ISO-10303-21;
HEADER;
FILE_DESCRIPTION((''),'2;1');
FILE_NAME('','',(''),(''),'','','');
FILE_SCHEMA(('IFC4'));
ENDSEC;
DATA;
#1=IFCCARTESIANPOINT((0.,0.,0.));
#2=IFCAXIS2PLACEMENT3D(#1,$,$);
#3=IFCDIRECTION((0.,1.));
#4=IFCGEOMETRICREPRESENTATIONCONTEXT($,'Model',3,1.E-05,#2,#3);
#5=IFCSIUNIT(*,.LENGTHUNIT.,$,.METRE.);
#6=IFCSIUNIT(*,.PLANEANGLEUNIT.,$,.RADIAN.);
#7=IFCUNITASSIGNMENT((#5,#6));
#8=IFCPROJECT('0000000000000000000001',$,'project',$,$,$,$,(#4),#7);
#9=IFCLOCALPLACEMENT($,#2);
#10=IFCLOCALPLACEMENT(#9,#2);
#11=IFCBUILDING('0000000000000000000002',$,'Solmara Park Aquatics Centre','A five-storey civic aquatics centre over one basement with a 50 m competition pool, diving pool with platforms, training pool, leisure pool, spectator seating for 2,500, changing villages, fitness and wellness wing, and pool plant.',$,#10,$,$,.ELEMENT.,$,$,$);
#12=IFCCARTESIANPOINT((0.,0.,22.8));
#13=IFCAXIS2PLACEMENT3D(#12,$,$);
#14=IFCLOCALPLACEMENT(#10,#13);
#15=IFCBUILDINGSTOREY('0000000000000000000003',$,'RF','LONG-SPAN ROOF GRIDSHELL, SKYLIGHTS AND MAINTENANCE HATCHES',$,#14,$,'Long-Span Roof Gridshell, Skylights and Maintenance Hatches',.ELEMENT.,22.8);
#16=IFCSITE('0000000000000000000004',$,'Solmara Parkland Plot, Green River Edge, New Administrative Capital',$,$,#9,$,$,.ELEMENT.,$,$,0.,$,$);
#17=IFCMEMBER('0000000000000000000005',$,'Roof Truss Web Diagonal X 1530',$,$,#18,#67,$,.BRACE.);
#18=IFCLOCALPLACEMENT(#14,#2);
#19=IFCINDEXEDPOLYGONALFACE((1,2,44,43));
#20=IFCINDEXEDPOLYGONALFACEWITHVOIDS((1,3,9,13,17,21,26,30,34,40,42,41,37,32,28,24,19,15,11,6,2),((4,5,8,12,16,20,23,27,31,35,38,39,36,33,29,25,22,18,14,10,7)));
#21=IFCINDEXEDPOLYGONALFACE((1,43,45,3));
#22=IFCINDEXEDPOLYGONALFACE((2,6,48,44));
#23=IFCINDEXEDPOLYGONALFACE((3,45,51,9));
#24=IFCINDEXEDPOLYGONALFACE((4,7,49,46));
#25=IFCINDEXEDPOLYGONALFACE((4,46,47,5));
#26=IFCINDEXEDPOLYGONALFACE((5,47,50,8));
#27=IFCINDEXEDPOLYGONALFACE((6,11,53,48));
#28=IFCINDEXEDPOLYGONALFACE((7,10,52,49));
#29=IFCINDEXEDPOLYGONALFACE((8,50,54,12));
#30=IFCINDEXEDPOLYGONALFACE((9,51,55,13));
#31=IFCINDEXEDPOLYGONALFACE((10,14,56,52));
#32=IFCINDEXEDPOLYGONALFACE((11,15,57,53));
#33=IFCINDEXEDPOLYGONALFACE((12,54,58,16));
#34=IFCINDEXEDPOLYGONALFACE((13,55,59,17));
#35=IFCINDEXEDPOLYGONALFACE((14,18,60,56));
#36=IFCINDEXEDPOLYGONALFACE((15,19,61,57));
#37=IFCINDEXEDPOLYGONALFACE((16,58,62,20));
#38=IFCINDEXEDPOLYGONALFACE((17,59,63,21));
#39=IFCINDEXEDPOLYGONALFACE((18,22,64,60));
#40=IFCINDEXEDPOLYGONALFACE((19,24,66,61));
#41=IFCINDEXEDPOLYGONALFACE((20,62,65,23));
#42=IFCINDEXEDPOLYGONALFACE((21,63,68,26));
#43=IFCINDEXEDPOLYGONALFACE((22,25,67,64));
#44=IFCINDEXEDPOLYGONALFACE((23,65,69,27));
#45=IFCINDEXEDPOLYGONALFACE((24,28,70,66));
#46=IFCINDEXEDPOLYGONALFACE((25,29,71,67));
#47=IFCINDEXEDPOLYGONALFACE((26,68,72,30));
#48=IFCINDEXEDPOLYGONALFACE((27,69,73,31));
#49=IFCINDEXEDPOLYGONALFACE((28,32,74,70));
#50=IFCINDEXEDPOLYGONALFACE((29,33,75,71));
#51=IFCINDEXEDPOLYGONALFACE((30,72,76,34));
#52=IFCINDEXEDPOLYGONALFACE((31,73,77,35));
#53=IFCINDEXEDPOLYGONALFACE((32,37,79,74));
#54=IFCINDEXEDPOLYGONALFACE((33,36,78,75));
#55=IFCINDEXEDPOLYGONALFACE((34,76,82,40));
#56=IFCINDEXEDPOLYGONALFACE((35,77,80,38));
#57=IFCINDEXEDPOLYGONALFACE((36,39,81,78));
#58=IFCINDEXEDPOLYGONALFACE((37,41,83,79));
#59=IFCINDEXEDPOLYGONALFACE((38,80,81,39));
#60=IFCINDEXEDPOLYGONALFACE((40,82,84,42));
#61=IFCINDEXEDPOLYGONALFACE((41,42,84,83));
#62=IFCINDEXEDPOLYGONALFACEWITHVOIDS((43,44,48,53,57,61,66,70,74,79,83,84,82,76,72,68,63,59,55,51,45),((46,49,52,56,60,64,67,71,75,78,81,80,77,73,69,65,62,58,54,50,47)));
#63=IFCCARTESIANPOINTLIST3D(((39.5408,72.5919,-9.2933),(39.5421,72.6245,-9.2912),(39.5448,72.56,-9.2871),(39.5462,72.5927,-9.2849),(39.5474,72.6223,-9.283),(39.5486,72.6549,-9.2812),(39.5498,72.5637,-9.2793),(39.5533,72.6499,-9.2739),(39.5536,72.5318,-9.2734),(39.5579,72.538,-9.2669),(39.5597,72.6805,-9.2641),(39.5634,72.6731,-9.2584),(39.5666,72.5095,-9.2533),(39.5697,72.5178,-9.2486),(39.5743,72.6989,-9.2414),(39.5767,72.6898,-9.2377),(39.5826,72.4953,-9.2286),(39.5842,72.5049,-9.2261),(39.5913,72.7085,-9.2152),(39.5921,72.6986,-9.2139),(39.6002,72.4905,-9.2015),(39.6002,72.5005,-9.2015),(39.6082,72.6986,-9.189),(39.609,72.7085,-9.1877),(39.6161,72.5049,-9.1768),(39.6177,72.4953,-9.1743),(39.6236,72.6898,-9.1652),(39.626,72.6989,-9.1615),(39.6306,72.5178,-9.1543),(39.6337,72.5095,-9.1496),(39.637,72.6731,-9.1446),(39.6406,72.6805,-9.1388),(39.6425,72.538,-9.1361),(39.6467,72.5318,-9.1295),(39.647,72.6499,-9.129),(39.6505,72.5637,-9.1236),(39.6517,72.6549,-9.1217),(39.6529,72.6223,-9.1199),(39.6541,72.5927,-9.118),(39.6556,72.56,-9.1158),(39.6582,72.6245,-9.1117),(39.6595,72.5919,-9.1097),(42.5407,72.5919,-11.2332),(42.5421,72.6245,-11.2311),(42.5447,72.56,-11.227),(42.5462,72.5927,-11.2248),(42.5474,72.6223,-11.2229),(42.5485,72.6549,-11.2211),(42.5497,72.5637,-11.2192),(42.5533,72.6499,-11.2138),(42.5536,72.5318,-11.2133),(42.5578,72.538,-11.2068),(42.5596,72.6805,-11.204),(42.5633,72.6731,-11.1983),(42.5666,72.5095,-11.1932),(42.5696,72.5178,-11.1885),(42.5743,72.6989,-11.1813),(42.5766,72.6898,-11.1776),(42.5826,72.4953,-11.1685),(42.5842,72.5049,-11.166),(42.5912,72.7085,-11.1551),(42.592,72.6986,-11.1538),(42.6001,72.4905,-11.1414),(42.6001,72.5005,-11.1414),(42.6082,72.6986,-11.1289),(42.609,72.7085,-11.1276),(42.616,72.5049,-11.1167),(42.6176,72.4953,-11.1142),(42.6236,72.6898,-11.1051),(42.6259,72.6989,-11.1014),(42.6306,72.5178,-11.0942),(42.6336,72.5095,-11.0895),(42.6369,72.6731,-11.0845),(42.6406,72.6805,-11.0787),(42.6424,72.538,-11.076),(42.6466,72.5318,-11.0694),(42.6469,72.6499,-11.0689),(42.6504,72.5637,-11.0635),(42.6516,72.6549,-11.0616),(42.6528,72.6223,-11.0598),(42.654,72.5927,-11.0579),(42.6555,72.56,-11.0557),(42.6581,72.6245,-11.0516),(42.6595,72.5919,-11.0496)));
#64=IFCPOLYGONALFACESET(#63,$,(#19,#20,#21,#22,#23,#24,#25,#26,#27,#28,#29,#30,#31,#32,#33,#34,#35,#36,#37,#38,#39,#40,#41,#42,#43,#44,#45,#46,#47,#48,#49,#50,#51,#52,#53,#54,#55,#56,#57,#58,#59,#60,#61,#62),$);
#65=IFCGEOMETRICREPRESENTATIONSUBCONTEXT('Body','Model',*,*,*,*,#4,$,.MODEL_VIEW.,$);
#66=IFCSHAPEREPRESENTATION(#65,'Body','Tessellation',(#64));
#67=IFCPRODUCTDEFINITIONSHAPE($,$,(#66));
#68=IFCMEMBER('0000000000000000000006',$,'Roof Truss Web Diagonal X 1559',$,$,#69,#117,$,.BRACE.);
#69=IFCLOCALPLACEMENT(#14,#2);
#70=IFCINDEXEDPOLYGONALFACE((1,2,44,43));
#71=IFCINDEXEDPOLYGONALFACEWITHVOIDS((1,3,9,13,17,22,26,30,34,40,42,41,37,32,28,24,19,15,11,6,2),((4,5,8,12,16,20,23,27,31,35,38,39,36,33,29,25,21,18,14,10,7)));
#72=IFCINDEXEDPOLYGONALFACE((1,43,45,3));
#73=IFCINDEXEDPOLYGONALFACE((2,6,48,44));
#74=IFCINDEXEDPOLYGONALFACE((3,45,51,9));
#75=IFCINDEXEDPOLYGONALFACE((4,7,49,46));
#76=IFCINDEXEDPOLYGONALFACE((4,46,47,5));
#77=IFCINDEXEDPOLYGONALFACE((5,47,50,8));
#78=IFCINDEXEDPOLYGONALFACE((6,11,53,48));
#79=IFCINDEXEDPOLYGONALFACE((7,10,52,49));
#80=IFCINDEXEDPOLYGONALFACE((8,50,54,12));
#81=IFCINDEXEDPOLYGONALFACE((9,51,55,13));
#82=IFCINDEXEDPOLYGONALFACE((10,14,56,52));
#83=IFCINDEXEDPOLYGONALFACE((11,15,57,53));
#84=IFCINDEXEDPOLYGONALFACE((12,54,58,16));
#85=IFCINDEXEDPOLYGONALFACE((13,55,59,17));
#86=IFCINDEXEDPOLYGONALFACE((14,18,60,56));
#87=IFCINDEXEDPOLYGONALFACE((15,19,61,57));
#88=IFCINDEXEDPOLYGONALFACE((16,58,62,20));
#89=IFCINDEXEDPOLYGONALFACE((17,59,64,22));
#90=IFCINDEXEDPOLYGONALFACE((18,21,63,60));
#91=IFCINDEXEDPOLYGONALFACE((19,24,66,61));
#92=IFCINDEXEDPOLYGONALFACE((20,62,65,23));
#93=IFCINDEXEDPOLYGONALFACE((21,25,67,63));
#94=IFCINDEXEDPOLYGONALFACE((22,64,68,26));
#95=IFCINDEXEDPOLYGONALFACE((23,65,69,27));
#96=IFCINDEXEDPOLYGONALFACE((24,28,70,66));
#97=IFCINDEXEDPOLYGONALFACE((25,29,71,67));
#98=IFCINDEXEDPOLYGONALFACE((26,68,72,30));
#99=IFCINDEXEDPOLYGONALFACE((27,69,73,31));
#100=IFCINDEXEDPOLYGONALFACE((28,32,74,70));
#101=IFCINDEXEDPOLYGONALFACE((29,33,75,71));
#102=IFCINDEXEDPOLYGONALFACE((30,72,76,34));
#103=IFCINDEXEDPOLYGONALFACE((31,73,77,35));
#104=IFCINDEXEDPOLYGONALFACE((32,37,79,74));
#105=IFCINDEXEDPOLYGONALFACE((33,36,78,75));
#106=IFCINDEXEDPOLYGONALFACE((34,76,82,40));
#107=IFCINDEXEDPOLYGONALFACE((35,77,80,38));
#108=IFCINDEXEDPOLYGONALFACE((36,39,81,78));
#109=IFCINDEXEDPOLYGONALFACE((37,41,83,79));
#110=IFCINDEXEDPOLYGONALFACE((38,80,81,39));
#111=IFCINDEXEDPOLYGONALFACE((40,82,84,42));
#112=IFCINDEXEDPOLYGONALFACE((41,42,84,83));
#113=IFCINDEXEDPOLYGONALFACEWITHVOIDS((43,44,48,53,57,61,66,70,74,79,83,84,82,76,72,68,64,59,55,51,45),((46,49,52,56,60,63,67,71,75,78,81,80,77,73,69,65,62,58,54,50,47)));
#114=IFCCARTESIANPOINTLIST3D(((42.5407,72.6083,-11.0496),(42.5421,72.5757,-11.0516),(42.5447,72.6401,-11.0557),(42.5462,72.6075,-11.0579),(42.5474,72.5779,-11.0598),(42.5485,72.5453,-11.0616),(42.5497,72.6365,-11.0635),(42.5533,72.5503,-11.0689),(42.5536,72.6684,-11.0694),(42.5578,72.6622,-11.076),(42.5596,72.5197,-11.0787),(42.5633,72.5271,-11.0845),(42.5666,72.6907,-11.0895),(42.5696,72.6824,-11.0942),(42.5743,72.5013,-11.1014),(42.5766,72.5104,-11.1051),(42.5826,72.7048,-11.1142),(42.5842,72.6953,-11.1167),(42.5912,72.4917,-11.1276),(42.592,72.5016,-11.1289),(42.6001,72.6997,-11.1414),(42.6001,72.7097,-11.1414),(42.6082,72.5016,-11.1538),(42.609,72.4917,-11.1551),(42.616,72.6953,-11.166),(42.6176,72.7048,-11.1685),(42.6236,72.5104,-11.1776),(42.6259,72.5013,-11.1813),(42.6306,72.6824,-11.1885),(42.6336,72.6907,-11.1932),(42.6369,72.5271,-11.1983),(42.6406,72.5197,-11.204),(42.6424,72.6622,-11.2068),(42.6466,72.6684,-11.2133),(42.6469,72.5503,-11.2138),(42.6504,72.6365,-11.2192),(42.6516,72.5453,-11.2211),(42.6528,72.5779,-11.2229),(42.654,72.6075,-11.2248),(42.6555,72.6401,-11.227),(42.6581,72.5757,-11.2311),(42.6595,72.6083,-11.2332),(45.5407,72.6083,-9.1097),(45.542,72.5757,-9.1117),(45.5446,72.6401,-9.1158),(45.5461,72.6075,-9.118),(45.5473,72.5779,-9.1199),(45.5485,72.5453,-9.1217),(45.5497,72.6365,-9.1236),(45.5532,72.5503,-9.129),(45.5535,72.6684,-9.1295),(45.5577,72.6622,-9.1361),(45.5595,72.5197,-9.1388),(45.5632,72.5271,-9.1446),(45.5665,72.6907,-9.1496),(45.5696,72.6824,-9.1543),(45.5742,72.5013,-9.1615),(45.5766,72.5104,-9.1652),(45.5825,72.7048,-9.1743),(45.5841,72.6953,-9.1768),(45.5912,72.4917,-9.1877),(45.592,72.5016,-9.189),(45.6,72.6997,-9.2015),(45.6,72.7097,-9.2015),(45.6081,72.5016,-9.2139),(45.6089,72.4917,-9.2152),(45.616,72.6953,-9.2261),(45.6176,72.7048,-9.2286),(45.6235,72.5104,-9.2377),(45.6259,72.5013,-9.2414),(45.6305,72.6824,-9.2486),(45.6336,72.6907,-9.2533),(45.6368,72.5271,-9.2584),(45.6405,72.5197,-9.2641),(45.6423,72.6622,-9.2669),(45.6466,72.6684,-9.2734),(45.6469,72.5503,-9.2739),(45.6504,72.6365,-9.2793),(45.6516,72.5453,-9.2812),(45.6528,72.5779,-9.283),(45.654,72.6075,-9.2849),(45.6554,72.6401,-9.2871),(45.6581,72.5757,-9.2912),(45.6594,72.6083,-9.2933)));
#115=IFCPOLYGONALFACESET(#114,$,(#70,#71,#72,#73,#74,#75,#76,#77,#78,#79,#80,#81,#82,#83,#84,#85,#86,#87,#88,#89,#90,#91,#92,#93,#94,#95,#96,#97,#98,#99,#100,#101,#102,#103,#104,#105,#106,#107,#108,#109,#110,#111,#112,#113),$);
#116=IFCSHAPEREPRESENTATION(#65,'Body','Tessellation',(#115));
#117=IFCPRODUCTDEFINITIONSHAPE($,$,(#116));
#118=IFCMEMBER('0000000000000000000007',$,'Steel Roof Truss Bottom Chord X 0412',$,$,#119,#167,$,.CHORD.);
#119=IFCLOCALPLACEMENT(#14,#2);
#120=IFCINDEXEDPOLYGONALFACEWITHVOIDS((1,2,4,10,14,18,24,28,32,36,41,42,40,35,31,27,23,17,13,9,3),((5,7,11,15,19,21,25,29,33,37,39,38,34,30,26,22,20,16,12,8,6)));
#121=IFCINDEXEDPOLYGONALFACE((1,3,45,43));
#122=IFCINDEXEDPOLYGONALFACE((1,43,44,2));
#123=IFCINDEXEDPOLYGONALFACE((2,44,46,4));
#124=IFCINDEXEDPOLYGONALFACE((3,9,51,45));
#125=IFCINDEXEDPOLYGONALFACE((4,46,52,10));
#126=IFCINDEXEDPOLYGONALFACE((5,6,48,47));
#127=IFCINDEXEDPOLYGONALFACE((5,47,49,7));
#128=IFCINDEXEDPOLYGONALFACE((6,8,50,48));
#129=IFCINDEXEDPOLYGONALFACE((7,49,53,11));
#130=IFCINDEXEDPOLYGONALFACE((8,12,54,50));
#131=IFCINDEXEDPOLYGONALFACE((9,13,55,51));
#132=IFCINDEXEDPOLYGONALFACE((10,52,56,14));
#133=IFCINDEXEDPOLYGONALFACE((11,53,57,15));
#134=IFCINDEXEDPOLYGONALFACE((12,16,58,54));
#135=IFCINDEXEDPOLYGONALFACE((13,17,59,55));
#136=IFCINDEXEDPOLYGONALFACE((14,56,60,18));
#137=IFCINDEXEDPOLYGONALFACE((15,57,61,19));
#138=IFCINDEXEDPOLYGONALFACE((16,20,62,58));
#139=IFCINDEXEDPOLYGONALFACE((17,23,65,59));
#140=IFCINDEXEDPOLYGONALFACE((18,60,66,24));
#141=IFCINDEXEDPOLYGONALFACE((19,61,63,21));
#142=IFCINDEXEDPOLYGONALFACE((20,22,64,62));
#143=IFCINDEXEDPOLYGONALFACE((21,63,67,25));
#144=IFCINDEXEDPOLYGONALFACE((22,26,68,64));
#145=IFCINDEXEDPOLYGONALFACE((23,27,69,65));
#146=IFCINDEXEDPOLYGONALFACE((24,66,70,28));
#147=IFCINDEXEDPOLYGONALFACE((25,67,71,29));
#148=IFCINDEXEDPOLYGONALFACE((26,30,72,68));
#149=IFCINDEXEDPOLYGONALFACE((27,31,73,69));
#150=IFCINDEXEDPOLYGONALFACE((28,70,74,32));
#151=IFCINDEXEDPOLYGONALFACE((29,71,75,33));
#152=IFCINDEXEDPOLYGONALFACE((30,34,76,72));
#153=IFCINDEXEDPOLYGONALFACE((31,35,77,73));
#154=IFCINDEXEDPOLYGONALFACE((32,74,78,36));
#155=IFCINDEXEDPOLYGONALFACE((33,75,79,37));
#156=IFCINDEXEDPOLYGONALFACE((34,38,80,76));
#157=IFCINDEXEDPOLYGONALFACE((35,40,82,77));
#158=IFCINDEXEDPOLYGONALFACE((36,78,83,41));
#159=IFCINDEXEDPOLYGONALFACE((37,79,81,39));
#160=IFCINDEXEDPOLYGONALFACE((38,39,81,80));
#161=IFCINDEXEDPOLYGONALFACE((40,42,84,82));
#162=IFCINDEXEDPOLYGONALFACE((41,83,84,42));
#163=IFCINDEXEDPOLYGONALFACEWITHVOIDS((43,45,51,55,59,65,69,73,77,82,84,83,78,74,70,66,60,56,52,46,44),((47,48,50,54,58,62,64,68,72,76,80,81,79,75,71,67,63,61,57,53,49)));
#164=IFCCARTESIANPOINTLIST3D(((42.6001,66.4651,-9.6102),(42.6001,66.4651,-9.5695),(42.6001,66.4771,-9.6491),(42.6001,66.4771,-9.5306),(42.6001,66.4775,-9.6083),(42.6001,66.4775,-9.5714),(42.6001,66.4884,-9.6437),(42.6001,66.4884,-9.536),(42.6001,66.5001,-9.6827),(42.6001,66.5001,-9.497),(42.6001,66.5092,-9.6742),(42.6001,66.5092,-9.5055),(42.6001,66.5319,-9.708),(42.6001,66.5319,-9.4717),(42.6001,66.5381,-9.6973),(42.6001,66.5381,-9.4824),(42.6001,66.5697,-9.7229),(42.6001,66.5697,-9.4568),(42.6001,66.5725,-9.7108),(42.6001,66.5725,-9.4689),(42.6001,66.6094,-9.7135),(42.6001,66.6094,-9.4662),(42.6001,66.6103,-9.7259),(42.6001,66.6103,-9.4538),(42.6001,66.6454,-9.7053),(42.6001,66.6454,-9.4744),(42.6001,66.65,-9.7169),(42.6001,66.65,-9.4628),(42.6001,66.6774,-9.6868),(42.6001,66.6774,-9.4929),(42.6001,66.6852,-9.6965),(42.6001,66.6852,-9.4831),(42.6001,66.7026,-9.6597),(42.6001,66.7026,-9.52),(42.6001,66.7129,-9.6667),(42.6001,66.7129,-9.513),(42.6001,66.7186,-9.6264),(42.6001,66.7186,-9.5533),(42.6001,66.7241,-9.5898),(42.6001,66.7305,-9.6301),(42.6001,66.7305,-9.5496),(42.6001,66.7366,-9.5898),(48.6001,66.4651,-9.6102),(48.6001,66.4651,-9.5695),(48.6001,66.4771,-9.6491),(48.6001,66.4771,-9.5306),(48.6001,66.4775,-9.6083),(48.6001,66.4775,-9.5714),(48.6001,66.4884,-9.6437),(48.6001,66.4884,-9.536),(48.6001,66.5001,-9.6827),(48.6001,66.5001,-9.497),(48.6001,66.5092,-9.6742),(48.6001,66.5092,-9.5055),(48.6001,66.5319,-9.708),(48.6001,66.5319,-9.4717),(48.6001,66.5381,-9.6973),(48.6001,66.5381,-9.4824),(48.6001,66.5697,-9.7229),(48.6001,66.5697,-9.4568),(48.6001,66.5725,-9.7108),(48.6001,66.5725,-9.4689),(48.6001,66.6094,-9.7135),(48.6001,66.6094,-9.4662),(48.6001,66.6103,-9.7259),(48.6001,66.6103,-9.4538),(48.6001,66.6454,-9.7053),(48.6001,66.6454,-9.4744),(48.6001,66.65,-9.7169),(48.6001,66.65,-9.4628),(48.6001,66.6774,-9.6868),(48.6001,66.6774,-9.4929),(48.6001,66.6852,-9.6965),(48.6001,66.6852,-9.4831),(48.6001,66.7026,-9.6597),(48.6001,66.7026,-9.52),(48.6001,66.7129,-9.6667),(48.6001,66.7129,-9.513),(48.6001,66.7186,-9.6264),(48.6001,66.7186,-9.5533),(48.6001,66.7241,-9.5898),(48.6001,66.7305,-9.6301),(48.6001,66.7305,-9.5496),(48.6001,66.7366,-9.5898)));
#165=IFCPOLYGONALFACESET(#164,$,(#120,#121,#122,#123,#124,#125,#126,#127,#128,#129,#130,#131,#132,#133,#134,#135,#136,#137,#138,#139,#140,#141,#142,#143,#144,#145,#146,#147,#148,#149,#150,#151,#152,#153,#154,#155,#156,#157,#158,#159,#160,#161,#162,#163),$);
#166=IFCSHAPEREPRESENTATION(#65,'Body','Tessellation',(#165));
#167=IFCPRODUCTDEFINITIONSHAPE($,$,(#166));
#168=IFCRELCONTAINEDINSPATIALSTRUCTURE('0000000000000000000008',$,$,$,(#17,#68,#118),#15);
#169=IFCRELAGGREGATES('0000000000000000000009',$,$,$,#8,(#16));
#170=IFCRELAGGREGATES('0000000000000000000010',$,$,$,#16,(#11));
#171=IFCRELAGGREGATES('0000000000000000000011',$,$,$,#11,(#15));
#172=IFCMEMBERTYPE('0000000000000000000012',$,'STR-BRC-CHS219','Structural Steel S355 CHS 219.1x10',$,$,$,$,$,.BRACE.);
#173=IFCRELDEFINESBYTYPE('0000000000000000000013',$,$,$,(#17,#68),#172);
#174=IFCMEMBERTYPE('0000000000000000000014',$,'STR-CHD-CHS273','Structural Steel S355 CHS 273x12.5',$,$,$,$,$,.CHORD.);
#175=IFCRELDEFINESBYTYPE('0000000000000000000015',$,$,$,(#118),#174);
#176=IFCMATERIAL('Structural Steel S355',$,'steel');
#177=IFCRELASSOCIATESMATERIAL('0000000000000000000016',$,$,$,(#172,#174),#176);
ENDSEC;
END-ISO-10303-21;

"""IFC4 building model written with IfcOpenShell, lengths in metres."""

from ifc_helpers import new_model, si_unit, direction, frame, origin, origin_2d, place, context, subcontext, project, spatial, hollow_circle, extrude, material, material_profile, profile_set, type_object, element, save


model = new_model("IFC4")

# Units and contexts
model_context = context("Model", 3, precision=1e-05, world=origin(), true_north=direction((0.0, 1.0)))
body_context = subcontext(model_context, "Body", "Model", "MODEL_VIEW")
ifc_project = project(units=[si_unit("LENGTHUNIT", "METRE"), si_unit("PLANEANGLEUNIT", "RADIAN")], contexts=[model_context])

# Site, building, storey
site_placement = place(None, origin())
site = spatial("IfcSite", under=ifc_project, at=site_placement, Name="Solmara Parkland Plot, Green River Edge, New Administrative Capital", CompositionType="ELEMENT", RefElevation=0.0)
building_placement = place(site_placement, origin())
building = spatial("IfcBuilding", under=site, at=building_placement, Name="Solmara Park Aquatics Centre", Description="A five-storey civic aquatics centre over one basement with a 50 m competition pool, diving pool with platforms, training pool, leisure pool, spectator seating for 2,500, changing villages, fitness and wellness wing, and pool plant.", CompositionType="ELEMENT")
storey_placement = place(building_placement, frame((0.0, 0.0, 22.8)))
storey = spatial("IfcBuildingStorey", under=building, at=storey_placement, Name="RF", Description="LONG-SPAN ROOF GRIDSHELL, SKYLIGHTS AND MAINTENANCE HATCHES", LongName="Long-Span Roof Gridshell, Skylights and Maintenance Hatches", CompositionType="ELEMENT", Elevation=22.8)

# Members
ifc_material_1 = material(Name="Structural Steel S355", Category="steel")
ifc_material_profile_1 = material_profile(ifc_material_1, hollow_circle(Radius=0.1096, WallThickness=0.01, at=origin_2d()), Name="CHS 219.1x10")
ifc_profile_set_1 = profile_set([ifc_material_profile_1], Name="Structural Steel S355")
member_type_1 = type_object("IfcMemberType", Name="STR-BRC-CHS219", Description="Structural Steel S355 CHS 219.1x10", PredefinedType="BRACE", material=ifc_profile_set_1)
for number, where, z_axis, x_axis, name in (
    (1, (42.6001, 72.6001, -11.1414), (-0.839728, 0.0, 0.543008), (0.0, -1.0, 0.0), "Roof Truss Web Diagonal X 1530"),
    (2, (42.6001, 72.6001, -11.1414), (0.839728, 0.0, 0.543008), (0.0, 1.0, 0.0), "Roof Truss Web Diagonal X 1559"),
):
    element("IfcMember", number, at=place(storey_placement, frame(where, z_axis=z_axis, x_axis=x_axis)), inside=storey, type_object=member_type_1, Name=name, PredefinedType="BRACE", context=body_context, shape_type="SweptSolid", body=[
        extrude(hollow_circle(Radius=0.1096, WallThickness=0.01, at=origin_2d()), origin(), (0.0, 0.0, 1.0), 3.5725),
    ])
ifc_material_profile_2 = material_profile(ifc_material_1, hollow_circle(Radius=0.1365, WallThickness=0.0125, at=origin_2d()), Name="CHS 273x12.5")
ifc_profile_set_2 = profile_set([ifc_material_profile_2], Name="Structural Steel S355")
member_type_2 = type_object("IfcMemberType", Name="STR-CHD-CHS273", Description="Structural Steel S355 CHS 273x12.5", PredefinedType="CHORD", material=ifc_profile_set_2)
member_1_placement = place(storey_placement, frame((42.6001, 66.6001, -9.5898), z_axis=(1.0, 0.0, 0.0), x_axis=(0.0, 1.0, 0.0)))
element("IfcMember", 3, at=member_1_placement, inside=storey, type_object=member_type_2, Name="Steel Roof Truss Bottom Chord X 0412", PredefinedType="CHORD", context=body_context, shape_type="SweptSolid", body=[
    extrude(hollow_circle(Radius=0.1365, WallThickness=0.0125, at=origin_2d()), origin(), (0.0, 0.0, 1.0), 6.0),
])

save(model, "model.ifc")
